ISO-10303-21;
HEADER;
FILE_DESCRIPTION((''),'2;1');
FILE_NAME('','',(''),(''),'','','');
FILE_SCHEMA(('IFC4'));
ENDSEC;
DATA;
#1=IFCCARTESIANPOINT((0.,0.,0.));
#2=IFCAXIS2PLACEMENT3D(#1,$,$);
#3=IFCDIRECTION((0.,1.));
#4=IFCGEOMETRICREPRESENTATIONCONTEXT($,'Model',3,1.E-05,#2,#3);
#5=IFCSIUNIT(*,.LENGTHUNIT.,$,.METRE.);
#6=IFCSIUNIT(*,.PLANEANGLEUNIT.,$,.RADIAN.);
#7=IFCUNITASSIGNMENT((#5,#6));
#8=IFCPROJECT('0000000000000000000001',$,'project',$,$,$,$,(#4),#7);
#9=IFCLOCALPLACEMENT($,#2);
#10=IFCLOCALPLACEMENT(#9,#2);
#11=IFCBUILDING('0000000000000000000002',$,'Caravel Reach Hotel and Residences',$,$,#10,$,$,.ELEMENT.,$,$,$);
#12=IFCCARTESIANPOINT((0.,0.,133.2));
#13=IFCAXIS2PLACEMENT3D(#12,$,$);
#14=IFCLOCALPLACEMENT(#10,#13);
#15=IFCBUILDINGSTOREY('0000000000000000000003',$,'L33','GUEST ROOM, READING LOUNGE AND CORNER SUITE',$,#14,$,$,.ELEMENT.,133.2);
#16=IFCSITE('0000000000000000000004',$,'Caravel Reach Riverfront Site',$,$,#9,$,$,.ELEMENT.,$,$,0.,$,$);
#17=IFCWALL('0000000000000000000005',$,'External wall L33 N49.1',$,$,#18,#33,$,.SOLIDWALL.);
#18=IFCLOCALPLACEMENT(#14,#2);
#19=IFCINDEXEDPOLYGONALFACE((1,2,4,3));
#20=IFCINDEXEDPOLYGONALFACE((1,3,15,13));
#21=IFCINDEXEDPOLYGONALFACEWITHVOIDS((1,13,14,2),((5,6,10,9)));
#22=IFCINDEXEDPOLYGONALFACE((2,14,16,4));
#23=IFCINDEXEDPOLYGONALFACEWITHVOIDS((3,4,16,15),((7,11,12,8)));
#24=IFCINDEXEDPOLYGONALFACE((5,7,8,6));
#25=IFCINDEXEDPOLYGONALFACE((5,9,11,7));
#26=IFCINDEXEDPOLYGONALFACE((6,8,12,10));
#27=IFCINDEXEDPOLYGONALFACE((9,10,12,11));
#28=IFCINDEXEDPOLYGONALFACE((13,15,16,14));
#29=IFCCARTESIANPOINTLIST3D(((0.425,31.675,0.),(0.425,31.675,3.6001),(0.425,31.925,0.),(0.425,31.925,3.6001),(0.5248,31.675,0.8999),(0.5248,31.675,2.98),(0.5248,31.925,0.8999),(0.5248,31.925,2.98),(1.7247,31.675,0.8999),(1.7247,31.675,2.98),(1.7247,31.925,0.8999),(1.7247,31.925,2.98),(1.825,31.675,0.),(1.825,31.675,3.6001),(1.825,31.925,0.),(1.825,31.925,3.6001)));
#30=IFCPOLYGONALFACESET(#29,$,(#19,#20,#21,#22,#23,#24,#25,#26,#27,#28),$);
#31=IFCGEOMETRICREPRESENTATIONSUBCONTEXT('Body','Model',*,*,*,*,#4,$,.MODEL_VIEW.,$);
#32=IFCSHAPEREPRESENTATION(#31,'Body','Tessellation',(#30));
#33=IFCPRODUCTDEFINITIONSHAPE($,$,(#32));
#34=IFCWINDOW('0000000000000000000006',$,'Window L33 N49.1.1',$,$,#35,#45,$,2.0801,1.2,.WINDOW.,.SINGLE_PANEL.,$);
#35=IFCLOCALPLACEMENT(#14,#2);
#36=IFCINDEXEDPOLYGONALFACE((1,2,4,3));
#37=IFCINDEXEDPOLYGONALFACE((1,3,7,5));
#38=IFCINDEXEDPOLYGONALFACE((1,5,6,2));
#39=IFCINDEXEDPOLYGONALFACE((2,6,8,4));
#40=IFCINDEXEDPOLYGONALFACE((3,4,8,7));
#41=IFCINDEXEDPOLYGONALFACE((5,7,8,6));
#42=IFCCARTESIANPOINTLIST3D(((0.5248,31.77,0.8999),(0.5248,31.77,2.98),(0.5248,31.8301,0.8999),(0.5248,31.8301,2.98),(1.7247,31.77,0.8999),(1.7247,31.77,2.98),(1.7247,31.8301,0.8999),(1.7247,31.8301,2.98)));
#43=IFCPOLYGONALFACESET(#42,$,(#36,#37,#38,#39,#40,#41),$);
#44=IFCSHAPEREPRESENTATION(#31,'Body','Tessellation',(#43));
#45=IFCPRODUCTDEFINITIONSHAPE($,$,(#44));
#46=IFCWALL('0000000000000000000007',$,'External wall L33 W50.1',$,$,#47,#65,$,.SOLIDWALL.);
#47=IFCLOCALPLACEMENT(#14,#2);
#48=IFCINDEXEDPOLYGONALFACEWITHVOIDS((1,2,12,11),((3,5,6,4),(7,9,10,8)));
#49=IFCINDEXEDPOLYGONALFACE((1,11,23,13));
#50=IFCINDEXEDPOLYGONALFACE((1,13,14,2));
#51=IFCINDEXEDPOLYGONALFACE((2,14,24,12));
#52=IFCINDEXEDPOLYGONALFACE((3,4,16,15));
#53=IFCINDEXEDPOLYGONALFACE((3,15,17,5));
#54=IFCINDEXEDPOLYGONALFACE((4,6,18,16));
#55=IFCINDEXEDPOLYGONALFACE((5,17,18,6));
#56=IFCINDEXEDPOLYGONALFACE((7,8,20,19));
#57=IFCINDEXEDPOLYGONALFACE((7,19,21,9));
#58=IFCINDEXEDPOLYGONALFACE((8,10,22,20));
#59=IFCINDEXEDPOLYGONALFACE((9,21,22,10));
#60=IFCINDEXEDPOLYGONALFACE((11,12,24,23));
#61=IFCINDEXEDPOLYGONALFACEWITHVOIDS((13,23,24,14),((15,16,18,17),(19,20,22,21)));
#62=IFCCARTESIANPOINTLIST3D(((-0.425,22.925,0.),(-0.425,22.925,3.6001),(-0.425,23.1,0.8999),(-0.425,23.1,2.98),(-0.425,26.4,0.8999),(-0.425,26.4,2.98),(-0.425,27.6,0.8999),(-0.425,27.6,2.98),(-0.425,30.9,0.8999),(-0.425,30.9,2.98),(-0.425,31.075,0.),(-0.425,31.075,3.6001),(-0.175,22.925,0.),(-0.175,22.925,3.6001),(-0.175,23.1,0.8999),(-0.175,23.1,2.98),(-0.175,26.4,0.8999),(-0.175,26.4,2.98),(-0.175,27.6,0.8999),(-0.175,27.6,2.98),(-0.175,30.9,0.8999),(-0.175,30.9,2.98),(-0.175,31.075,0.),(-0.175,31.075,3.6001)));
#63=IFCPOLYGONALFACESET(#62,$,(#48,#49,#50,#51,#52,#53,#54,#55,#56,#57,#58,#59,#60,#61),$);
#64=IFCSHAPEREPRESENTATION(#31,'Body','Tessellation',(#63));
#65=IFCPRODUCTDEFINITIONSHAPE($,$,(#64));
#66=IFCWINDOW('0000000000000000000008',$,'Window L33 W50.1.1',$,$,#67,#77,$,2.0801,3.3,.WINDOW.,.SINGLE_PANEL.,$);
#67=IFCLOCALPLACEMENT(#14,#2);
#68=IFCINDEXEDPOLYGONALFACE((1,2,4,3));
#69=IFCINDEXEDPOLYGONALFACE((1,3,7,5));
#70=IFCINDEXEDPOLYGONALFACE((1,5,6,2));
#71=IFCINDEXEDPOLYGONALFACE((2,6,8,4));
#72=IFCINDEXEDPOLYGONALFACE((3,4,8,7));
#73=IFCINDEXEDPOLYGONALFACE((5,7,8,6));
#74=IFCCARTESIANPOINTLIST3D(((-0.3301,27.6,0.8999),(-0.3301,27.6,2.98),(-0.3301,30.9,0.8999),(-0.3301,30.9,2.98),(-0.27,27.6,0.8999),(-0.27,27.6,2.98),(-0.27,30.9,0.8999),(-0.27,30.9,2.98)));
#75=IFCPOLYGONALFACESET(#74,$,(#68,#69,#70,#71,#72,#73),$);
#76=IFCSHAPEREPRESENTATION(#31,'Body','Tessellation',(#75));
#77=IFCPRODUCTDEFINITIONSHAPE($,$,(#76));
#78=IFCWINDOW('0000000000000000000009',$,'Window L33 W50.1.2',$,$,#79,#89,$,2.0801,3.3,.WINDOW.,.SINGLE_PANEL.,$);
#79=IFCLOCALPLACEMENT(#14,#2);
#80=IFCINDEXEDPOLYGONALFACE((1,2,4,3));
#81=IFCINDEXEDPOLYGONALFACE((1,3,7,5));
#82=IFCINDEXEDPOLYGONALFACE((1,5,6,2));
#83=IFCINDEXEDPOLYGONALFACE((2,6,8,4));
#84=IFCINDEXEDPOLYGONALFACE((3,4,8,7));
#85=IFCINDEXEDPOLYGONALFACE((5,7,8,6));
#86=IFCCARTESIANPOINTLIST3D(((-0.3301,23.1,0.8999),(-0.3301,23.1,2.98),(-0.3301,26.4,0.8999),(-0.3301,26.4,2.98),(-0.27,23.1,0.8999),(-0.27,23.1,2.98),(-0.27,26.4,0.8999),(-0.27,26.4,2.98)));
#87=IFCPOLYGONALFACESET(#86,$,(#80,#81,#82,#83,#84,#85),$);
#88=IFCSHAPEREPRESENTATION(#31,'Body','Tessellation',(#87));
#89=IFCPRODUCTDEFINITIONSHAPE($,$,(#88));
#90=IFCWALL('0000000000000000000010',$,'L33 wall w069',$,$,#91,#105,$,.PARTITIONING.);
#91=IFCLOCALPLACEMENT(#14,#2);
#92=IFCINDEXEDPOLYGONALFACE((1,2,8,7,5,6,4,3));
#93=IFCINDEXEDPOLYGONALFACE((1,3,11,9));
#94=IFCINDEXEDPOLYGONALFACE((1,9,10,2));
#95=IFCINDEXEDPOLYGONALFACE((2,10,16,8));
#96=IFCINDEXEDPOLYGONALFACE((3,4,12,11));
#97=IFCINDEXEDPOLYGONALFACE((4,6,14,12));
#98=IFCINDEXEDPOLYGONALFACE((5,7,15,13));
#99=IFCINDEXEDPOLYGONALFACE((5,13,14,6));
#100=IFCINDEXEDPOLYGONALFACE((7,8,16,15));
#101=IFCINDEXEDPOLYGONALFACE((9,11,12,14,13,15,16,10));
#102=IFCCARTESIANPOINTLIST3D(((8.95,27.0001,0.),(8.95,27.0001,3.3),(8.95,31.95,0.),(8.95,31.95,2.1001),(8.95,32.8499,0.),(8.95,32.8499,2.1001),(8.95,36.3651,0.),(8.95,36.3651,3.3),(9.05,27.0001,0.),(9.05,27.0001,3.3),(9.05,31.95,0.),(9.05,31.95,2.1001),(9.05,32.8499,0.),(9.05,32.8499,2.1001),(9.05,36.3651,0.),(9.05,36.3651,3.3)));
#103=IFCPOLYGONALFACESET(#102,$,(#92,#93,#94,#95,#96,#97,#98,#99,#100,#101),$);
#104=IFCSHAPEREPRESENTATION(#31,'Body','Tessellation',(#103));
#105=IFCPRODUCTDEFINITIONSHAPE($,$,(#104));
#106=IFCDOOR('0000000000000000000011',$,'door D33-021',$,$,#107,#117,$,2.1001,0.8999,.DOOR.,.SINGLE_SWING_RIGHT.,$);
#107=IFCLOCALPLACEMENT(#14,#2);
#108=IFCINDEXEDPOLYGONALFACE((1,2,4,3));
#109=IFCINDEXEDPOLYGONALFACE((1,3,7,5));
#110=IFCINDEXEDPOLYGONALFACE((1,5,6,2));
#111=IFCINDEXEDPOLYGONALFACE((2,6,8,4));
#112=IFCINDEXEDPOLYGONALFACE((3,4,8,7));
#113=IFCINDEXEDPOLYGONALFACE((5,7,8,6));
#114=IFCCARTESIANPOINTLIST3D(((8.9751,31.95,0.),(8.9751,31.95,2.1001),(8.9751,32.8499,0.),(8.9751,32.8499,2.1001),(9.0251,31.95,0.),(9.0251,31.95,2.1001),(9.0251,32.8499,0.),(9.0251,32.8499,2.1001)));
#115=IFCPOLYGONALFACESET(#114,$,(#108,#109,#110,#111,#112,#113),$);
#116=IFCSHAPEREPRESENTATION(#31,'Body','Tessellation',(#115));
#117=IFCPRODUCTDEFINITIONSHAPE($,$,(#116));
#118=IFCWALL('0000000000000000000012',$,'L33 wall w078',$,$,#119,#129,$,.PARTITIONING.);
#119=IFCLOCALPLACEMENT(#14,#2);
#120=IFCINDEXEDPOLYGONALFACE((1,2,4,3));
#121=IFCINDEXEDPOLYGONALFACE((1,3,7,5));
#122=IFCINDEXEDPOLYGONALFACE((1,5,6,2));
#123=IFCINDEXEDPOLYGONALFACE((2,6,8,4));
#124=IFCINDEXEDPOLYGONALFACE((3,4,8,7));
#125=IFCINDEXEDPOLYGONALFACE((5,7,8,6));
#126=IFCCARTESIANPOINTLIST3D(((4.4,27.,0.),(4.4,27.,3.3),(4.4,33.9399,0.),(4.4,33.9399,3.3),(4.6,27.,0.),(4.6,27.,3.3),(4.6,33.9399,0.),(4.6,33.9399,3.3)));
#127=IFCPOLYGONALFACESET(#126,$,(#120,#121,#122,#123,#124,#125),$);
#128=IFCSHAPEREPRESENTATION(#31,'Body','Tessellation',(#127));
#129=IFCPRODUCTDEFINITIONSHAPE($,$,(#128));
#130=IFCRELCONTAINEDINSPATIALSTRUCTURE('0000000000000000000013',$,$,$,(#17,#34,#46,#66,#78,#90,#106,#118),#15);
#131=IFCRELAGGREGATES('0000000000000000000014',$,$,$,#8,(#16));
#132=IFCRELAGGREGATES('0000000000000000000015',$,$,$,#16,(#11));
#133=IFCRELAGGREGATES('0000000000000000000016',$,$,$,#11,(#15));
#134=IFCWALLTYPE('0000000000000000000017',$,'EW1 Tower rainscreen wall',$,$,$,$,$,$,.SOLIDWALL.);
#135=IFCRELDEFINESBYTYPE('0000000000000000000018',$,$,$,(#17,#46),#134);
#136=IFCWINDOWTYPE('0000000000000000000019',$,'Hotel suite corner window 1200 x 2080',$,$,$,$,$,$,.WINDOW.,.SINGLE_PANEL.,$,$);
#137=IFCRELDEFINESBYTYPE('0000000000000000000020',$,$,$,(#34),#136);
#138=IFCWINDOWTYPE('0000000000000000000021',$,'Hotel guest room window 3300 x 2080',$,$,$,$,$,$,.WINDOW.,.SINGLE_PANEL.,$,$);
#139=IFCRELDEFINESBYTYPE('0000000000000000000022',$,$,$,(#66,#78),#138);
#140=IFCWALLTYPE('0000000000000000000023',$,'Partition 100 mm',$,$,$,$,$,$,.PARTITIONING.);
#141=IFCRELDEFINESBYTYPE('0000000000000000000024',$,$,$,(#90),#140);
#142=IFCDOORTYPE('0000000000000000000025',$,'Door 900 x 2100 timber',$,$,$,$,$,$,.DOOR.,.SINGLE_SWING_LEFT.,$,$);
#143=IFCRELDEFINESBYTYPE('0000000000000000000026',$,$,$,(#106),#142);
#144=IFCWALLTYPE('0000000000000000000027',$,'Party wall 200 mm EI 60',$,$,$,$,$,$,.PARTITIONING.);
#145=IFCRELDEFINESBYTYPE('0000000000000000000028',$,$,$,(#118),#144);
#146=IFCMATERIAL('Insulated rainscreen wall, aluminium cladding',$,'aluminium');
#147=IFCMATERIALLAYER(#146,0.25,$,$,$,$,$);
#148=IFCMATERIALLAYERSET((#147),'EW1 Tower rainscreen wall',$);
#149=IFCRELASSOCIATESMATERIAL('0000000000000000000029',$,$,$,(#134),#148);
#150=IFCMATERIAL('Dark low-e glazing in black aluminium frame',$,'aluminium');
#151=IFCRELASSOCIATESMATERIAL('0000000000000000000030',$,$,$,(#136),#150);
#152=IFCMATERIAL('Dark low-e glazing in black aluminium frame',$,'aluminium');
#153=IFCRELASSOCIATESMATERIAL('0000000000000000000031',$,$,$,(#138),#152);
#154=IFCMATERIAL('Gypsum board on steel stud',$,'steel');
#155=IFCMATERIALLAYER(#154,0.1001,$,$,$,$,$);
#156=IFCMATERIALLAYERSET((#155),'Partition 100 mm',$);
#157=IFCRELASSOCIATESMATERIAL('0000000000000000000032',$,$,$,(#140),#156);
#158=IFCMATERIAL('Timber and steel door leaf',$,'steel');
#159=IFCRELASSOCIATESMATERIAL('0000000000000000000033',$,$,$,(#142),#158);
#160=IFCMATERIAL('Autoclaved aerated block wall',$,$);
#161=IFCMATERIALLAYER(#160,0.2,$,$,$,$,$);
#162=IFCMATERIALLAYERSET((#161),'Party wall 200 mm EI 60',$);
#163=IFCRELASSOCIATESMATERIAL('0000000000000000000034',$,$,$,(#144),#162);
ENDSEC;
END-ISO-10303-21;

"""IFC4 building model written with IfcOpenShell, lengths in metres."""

from ifc_helpers import new_model, si_unit, direction, frame, frame_2d, origin, place, context, subcontext, project, spatial, rectangle, extrude, material, layer, layer_set, type_object, element, fill, save


model = new_model("IFC4")

# Units and contexts
model_context = context("Model", 3, precision=1e-05, world=origin(), true_north=direction((0.0, 1.0)))
body_context = subcontext(model_context, "Body", "Model", "MODEL_VIEW")
ifc_project = project(units=[si_unit("LENGTHUNIT", "METRE"), si_unit("PLANEANGLEUNIT", "RADIAN")], contexts=[model_context])

# Site, building, storey
site_placement = place(None, origin())
site = spatial("IfcSite", under=ifc_project, at=site_placement, Name="Caravel Reach Riverfront Site", CompositionType="ELEMENT", RefElevation=0.0)
building_placement = place(site_placement, origin())
building = spatial("IfcBuilding", under=site, at=building_placement, Name="Caravel Reach Hotel and Residences", CompositionType="ELEMENT")
storey_placement = place(building_placement, frame((0.0, 0.0, 133.2)))
storey = spatial("IfcBuildingStorey", under=building, at=storey_placement, Name="L33", Description="GUEST ROOM, READING LOUNGE AND CORNER SUITE", CompositionType="ELEMENT", Elevation=133.2)

# Wall, opening, window
ifc_material_1 = material(Name="Insulated rainscreen wall, aluminium cladding", Category="aluminium")
ifc_layer_1 = layer(ifc_material_1, 0.25)
ifc_layer_set_1 = layer_set([ifc_layer_1], Name="EW1 Tower rainscreen wall")
wall_type_1 = type_object("IfcWallType", Name="EW1 Tower rainscreen wall", PredefinedType="SOLIDWALL", material=ifc_layer_set_1)
ifc_material_2 = material(Name="Dark low-e glazing in black aluminium frame", Category="aluminium")
window_type_1 = type_object("IfcWindowType", Name="Hotel suite corner window 1200 x 2080", PartitioningType="SINGLE_PANEL", PredefinedType="WINDOW", material=ifc_material_2)
wall_1_placement = place(storey_placement, frame((1.825, 31.8, 0.0), z_axis=(0.0, 0.0, 1.0), x_axis=(-1.0, 0.0, 0.0)))
wall_1 = element("IfcWall", 1, at=wall_1_placement, inside=storey, type_object=wall_type_1, Name="External wall L33 N49.1", PredefinedType="SOLIDWALL", context=body_context, shape_type="SweptSolid", body=[
    extrude(rectangle(XDim=1.3999, YDim=0.25, at=frame_2d((0.7, 0.0))), origin(), (0.0, 0.0, 1.0), 3.6001),
])
opening_1_placement = place(wall_1_placement, frame((0.1001, 0.0, 0.8999)))
opening_1 = element("IfcOpeningElement", 2, at=opening_1_placement, cuts=wall_1, PredefinedType="OPENING", context=body_context, shape_type="SweptSolid", body=[
    extrude(rectangle(XDim=1.2, YDim=2.0801, at=frame_2d((0.6001, 1.04))), frame((0.0, 0.135, 0.0), z_axis=(0.0, -1.0, 0.0), x_axis=(1.0, 0.0, 0.0)), (0.0, 0.0, 1.0), 0.27),
])
window_1_placement = place(opening_1_placement, origin())
window_1 = element("IfcWindow", 3, at=window_1_placement, inside=storey, type_object=window_type_1, Name="Window L33 N49.1.1", OverallHeight=2.0801, OverallWidth=1.2, PartitioningType="SINGLE_PANEL", PredefinedType="WINDOW", context=body_context, shape_type="SweptSolid", body=[
    extrude(rectangle(XDim=1.2, YDim=2.0801, at=frame_2d((0.6001, 1.04))), frame((0.0, 0.03, 0.0), z_axis=(0.0, -1.0, 0.0), x_axis=(1.0, 0.0, 0.0)), (0.0, 0.0, 1.0), 0.0601),
])
fill(opening_1, window_1)

# Wall, openings, windows
wall_2_placement = place(storey_placement, frame((-0.3, 31.075, 0.0), z_axis=(0.0, 0.0, 1.0), x_axis=(0.0, -1.0, 0.0)))
wall_2 = element("IfcWall", 4, at=wall_2_placement, inside=storey, type_object=wall_type_1, Name="External wall L33 W50.1", PredefinedType="SOLIDWALL", context=body_context, shape_type="SweptSolid", body=[
    extrude(rectangle(XDim=8.1499, YDim=0.25, at=frame_2d((4.075, 0.0))), origin(), (0.0, 0.0, 1.0), 3.6001),
])
opening_2_placement = place(wall_2_placement, frame((0.175, 0.0, 0.8999)))
opening_2 = element("IfcOpeningElement", 5, at=opening_2_placement, cuts=wall_2, PredefinedType="OPENING", context=body_context, shape_type="SweptSolid", body=[
    extrude(rectangle(XDim=3.3, YDim=2.0801, at=frame_2d((1.6499, 1.04))), frame((0.0, 0.135, 0.0), z_axis=(0.0, -1.0, 0.0), x_axis=(1.0, 0.0, 0.0)), (0.0, 0.0, 1.0), 0.27),
])
opening_3_placement = place(wall_2_placement, frame((4.675, 0.0, 0.8999)))
opening_3 = element("IfcOpeningElement", 6, at=opening_3_placement, cuts=wall_2, PredefinedType="OPENING", context=body_context, shape_type="SweptSolid", body=[
    extrude(rectangle(XDim=3.3, YDim=2.0801, at=frame_2d((1.6499, 1.04))), frame((0.0, 0.135, 0.0), z_axis=(0.0, -1.0, 0.0), x_axis=(1.0, 0.0, 0.0)), (0.0, 0.0, 1.0), 0.27),
])
ifc_material_3 = material(Name="Dark low-e glazing in black aluminium frame", Category="aluminium")
window_type_2 = type_object("IfcWindowType", Name="Hotel guest room window 3300 x 2080", PartitioningType="SINGLE_PANEL", PredefinedType="WINDOW", material=ifc_material_3)
window_2_placement = place(opening_2_placement, origin())
window_2 = element("IfcWindow", 7, at=window_2_placement, inside=storey, type_object=window_type_2, Name="Window L33 W50.1.1", OverallHeight=2.0801, OverallWidth=3.3, PartitioningType="SINGLE_PANEL", PredefinedType="WINDOW", context=body_context, shape_type="SweptSolid", body=[
    extrude(rectangle(XDim=3.3, YDim=2.0801, at=frame_2d((1.6499, 1.04))), frame((0.0, 0.03, 0.0), z_axis=(0.0, -1.0, 0.0), x_axis=(1.0, 0.0, 0.0)), (0.0, 0.0, 1.0), 0.0601),
])
fill(opening_2, window_2)
window_3_placement = place(opening_3_placement, origin())
window_3 = element("IfcWindow", 8, at=window_3_placement, inside=storey, type_object=window_type_2, Name="Window L33 W50.1.2", OverallHeight=2.0801, OverallWidth=3.3, PartitioningType="SINGLE_PANEL", PredefinedType="WINDOW", context=body_context, shape_type="SweptSolid", body=[
    extrude(rectangle(XDim=3.3, YDim=2.0801, at=frame_2d((1.6499, 1.04))), frame((0.0, 0.03, 0.0), z_axis=(0.0, -1.0, 0.0), x_axis=(1.0, 0.0, 0.0)), (0.0, 0.0, 1.0), 0.0601),
])
fill(opening_3, window_3)

# Wall, opening, door
ifc_material_4 = material(Name="Gypsum board on steel stud", Category="steel")
ifc_layer_2 = layer(ifc_material_4, 0.1001)
ifc_layer_set_2 = layer_set([ifc_layer_2], Name="Partition 100 mm")
wall_type_2 = type_object("IfcWallType", Name="Partition 100 mm", PredefinedType="PARTITIONING", material=ifc_layer_set_2)
wall_3_placement = place(storey_placement, frame((9.0, 27.0, 0.0), z_axis=(0.0, 0.0, 1.0), x_axis=(0.0, 1.0, 0.0)))
wall_3 = element("IfcWall", 9, at=wall_3_placement, inside=storey, type_object=wall_type_2, Name="L33 wall w069", PredefinedType="PARTITIONING", context=body_context, shape_type="SweptSolid", body=[
    extrude(rectangle(XDim=9.365, YDim=0.1001, at=frame_2d((4.6826, 0.0))), origin(), (0.0, 0.0, 1.0), 3.3),
])
opening_4_placement = place(wall_3_placement, frame((4.95, 0.0, 0.0)))
opening_4 = element("IfcOpeningElement", 10, at=opening_4_placement, cuts=wall_3, PredefinedType="OPENING", context=body_context, shape_type="SweptSolid", body=[
    extrude(rectangle(XDim=0.8999, YDim=2.1001, at=frame_2d((0.45, 1.05))), frame((0.0, 0.0601, 0.0), z_axis=(0.0, -1.0, 0.0), x_axis=(1.0, 0.0, 0.0)), (0.0, 0.0, 1.0), 0.1201),
])
ifc_material_5 = material(Name="Timber and steel door leaf", Category="steel")
door_type_1 = type_object("IfcDoorType", Name="Door 900 x 2100 timber", OperationType="SINGLE_SWING_LEFT", PredefinedType="DOOR", material=ifc_material_5)
door_1_placement = place(opening_4_placement, origin())
door_1 = element("IfcDoor", 11, at=door_1_placement, inside=storey, type_object=door_type_1, Name="door D33-021", OperationType="SINGLE_SWING_RIGHT", OverallHeight=2.1001, OverallWidth=0.8999, PredefinedType="DOOR", context=body_context, shape_type="SweptSolid", body=[
    extrude(rectangle(XDim=0.8999, YDim=2.1001, at=frame_2d((0.45, 1.05))), frame((0.0, 0.0249, 0.0), z_axis=(0.0, -1.0, 0.0), x_axis=(1.0, 0.0, 0.0)), (0.0, 0.0, 1.0), 0.05),
])
fill(opening_4, door_1)

# Wall
ifc_material_6 = material(Name="Autoclaved aerated block wall")
ifc_layer_3 = layer(ifc_material_6, 0.2)
ifc_layer_set_3 = layer_set([ifc_layer_3], Name="Party wall 200 mm EI 60")
wall_type_3 = type_object("IfcWallType", Name="Party wall 200 mm EI 60", PredefinedType="PARTITIONING", material=ifc_layer_set_3)
wall_4_placement = place(storey_placement, frame((4.5, 27.0, 0.0), z_axis=(0.0, 0.0, 1.0), x_axis=(0.0, 1.0, 0.0)))
element("IfcWall", 12, at=wall_4_placement, inside=storey, type_object=wall_type_3, Name="L33 wall w078", PredefinedType="PARTITIONING", context=body_context, shape_type="SweptSolid", body=[
    extrude(rectangle(XDim=6.9399, YDim=0.2, at=frame_2d((3.47, 0.0))), origin(), (0.0, 0.0, 1.0), 3.3),
])

save(model, "model.ifc")
